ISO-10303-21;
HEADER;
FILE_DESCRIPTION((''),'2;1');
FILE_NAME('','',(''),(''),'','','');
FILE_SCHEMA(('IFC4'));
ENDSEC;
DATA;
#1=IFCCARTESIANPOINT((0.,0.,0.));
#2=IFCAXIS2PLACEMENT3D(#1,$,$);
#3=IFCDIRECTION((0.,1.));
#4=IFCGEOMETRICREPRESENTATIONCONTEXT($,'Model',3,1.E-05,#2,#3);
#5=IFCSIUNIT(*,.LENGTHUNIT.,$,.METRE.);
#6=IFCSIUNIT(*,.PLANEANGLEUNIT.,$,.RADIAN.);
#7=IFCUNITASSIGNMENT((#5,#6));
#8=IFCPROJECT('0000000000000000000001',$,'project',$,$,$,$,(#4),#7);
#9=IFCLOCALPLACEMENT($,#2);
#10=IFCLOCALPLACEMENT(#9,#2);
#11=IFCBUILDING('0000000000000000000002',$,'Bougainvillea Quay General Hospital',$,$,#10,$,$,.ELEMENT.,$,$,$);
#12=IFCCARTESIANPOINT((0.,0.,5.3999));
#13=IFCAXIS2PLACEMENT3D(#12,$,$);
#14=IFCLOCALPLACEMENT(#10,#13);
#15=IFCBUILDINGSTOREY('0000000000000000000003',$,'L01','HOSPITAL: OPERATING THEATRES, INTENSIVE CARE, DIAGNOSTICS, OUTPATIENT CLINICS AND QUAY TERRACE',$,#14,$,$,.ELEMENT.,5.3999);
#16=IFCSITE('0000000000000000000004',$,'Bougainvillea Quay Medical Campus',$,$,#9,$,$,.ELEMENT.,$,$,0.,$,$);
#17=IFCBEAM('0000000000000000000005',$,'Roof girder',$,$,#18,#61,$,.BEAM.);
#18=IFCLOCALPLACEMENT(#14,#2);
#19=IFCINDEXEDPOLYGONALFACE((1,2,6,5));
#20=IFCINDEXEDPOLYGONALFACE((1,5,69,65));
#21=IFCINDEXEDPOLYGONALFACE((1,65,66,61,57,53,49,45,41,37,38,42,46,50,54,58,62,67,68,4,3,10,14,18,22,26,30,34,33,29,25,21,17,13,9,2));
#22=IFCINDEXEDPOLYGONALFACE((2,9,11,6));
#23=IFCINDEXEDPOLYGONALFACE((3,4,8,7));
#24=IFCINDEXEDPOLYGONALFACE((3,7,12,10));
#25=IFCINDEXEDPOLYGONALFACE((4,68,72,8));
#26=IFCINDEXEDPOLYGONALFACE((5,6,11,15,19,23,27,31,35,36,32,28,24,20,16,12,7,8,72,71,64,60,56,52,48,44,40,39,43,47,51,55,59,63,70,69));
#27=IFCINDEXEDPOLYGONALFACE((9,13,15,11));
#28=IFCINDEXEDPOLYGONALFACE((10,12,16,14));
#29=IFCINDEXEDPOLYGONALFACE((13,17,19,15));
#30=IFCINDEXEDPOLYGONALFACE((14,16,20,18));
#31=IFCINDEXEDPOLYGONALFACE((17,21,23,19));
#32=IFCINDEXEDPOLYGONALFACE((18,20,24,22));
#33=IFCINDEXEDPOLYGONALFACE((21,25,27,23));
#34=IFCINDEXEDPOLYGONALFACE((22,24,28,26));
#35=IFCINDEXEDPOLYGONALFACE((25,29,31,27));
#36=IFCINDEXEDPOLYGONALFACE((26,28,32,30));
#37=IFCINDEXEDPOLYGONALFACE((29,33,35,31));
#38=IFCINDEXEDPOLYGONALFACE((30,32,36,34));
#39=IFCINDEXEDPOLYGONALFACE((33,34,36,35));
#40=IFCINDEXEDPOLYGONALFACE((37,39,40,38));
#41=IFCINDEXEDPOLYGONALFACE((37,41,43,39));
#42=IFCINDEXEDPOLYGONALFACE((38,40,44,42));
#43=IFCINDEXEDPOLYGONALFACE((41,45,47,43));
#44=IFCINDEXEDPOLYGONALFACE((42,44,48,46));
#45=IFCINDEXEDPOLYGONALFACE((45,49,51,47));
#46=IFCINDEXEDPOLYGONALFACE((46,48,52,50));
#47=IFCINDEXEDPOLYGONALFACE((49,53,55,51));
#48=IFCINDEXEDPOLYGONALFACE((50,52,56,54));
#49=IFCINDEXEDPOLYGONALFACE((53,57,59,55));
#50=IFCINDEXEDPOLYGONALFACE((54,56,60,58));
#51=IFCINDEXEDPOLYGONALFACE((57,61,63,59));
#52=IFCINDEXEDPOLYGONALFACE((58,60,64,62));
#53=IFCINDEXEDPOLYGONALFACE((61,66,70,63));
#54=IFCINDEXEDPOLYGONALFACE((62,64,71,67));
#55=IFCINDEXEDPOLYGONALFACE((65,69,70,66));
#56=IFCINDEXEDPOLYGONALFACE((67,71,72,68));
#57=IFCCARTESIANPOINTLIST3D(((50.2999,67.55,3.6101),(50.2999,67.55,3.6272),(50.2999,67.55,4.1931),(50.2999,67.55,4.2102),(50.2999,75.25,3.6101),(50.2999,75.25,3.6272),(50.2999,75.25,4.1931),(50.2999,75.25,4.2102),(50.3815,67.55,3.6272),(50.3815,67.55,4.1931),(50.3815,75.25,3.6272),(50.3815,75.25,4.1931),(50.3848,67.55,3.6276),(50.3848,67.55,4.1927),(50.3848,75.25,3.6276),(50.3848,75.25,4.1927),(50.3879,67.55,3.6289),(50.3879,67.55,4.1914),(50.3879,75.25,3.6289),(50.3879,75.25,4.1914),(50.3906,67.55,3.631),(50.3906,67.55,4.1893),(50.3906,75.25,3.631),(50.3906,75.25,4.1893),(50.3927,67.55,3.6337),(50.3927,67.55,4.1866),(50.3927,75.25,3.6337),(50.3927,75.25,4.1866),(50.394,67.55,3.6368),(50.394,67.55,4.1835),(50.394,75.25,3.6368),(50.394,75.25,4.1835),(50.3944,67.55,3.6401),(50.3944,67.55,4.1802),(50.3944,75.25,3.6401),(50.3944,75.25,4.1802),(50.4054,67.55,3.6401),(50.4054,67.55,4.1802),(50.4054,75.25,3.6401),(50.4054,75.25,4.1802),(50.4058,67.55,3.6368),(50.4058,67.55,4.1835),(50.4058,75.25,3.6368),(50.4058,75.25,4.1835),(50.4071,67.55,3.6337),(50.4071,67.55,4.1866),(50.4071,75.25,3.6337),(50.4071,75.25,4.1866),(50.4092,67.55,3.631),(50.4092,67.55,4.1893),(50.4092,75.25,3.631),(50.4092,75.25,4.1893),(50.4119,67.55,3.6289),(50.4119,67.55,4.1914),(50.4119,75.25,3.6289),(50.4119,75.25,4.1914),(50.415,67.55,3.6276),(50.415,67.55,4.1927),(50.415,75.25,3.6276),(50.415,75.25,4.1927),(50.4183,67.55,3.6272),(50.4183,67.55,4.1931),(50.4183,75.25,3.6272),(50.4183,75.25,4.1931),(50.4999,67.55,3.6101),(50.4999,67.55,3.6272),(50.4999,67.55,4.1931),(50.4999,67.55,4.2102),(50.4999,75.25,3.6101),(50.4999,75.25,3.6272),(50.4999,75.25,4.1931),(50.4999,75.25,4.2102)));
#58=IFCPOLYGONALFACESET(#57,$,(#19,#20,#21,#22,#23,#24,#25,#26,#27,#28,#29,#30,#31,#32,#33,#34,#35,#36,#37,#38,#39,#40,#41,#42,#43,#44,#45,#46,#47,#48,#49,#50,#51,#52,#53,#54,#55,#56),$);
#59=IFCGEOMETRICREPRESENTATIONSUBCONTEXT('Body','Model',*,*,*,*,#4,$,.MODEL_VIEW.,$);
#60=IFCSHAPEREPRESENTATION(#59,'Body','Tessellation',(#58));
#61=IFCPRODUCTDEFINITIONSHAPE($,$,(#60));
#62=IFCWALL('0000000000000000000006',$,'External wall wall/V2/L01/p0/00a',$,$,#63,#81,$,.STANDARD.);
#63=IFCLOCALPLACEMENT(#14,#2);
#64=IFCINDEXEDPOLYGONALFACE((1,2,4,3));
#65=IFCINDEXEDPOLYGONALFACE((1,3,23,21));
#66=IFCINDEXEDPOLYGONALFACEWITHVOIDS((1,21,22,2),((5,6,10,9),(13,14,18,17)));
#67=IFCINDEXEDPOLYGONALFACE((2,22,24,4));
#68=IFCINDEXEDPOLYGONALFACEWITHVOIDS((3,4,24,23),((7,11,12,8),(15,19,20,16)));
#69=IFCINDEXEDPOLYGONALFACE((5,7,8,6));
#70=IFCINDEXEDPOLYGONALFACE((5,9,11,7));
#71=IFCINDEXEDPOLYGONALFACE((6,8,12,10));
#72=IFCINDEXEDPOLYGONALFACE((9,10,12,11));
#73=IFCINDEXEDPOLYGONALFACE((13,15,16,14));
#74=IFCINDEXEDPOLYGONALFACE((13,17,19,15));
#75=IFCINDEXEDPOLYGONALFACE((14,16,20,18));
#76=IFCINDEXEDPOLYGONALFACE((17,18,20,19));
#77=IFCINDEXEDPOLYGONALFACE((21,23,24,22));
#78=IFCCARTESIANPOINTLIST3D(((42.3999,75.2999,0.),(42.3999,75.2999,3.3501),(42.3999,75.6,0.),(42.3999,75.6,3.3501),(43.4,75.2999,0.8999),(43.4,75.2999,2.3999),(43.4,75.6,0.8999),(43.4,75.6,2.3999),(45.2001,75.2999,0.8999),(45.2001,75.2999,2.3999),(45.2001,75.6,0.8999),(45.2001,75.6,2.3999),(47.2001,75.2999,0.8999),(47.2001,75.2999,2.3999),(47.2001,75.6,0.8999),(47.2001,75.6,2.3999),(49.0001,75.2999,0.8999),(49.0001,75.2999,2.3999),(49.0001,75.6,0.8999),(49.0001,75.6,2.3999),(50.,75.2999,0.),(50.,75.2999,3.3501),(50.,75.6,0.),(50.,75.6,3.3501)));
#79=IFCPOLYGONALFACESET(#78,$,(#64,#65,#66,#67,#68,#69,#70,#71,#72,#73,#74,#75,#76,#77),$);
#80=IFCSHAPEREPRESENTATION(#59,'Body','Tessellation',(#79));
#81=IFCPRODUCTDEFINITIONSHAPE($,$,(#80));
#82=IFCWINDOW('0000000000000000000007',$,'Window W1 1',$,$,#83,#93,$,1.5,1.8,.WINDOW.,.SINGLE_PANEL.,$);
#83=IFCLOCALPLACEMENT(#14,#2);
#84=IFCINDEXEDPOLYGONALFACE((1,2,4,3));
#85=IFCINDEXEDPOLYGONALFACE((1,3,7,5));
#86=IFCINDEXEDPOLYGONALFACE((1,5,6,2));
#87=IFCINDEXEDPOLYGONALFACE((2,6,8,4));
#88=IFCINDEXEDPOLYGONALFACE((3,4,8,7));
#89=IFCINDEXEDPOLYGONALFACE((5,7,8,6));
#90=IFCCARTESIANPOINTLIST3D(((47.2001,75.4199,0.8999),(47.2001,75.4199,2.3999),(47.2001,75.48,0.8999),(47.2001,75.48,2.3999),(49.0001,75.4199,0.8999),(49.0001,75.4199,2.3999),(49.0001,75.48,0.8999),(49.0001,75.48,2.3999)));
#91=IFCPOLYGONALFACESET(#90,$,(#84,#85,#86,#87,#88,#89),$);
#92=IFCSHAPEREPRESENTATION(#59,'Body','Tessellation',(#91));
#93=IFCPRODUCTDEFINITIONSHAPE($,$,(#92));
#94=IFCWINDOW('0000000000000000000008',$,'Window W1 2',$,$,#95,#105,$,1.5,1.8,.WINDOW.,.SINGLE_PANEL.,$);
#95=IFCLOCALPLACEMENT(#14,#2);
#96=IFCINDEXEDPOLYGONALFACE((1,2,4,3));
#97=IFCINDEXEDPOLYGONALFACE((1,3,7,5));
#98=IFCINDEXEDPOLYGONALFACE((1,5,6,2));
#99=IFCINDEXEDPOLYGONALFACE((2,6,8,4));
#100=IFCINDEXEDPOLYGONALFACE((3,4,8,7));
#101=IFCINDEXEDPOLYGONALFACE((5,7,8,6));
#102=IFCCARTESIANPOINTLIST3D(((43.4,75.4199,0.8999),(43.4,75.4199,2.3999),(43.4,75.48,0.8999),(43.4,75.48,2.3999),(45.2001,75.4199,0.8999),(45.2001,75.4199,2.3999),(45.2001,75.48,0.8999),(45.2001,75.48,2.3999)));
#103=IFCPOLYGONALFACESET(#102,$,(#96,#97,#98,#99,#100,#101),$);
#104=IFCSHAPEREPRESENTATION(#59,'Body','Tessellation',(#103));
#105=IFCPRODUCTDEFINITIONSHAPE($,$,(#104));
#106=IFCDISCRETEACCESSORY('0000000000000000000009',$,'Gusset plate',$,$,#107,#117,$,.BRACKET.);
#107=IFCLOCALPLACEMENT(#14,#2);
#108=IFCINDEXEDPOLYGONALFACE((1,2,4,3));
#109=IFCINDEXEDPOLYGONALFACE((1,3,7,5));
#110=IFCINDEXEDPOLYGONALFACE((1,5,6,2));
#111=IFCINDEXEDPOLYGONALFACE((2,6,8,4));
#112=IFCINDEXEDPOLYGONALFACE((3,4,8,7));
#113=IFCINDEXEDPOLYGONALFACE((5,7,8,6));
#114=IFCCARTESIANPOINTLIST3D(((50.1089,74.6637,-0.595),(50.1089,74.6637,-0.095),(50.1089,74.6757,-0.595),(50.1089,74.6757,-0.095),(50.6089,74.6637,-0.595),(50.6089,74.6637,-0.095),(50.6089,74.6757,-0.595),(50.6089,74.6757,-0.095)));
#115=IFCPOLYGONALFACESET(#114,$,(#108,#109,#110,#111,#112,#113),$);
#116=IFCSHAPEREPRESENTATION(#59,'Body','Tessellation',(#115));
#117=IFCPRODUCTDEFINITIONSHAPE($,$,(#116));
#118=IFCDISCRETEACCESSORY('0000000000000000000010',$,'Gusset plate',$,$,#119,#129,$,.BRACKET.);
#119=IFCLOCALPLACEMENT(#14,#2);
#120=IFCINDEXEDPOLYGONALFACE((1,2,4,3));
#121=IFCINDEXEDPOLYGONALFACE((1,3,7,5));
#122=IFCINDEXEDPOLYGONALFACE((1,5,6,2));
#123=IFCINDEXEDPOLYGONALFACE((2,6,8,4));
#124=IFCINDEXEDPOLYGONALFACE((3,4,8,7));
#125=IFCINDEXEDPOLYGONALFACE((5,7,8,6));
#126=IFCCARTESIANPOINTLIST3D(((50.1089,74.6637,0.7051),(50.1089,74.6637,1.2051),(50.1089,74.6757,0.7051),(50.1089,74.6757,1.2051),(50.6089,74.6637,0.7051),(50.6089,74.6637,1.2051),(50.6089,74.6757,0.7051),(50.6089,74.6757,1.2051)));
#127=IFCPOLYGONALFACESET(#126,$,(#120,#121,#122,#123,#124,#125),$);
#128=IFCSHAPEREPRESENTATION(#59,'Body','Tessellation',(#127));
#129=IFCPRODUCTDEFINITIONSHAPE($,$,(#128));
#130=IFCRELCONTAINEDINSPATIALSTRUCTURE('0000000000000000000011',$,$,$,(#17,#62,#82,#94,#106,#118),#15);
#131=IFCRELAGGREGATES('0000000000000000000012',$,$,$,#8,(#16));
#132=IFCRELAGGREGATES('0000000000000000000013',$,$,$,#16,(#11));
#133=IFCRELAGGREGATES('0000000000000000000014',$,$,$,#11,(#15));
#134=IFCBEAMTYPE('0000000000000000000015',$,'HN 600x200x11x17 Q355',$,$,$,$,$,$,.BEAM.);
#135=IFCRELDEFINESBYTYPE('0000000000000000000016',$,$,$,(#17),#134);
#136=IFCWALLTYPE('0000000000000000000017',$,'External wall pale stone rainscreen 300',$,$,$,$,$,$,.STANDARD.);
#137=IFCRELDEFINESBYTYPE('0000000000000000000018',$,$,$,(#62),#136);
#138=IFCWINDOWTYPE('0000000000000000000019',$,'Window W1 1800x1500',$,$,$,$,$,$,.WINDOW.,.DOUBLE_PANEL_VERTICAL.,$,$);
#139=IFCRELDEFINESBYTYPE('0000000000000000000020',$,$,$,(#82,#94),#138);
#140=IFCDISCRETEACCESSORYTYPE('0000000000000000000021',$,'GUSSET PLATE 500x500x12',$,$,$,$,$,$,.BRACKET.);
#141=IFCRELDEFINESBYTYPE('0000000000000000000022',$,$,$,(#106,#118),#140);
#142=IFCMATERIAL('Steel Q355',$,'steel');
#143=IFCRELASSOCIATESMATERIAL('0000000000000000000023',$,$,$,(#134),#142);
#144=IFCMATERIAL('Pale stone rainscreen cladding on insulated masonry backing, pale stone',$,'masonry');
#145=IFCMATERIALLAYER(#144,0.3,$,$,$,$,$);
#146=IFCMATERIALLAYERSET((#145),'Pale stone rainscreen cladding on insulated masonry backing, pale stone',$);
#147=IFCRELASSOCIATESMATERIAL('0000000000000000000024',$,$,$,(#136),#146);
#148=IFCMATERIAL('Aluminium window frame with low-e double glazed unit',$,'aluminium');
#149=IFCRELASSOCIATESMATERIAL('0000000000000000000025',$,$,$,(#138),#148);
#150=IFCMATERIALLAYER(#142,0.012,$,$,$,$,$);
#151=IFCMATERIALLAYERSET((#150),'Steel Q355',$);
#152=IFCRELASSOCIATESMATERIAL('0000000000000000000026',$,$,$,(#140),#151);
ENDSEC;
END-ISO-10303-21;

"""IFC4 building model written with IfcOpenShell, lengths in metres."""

from ifc_helpers import new_model, si_unit, direction, frame, frame_2d, origin, origin_2d, place, context, subcontext, project, spatial, rectangle, i_section, extrude, material, layer, layer_set, material_profile, profile_set, type_object, element, fill, save


model = new_model("IFC4")

# Units and contexts
model_context = context("Model", 3, precision=1e-05, world=origin(), true_north=direction((0.0, 1.0)))
body_context = subcontext(model_context, "Body", "Model", "MODEL_VIEW")
ifc_project = project(units=[si_unit("LENGTHUNIT", "METRE"), si_unit("PLANEANGLEUNIT", "RADIAN")], contexts=[model_context])

# Site, building, storey
site_placement = place(None, origin())
site = spatial("IfcSite", under=ifc_project, at=site_placement, Name="Bougainvillea Quay Medical Campus", CompositionType="ELEMENT", RefElevation=0.0)
building_placement = place(site_placement, origin())
building = spatial("IfcBuilding", under=site, at=building_placement, Name="Bougainvillea Quay General Hospital", CompositionType="ELEMENT")
storey_placement = place(building_placement, frame((0.0, 0.0, 5.3999)))
storey = spatial("IfcBuildingStorey", under=building, at=storey_placement, Name="L01", Description="HOSPITAL: OPERATING THEATRES, INTENSIVE CARE, DIAGNOSTICS, OUTPATIENT CLINICS AND QUAY TERRACE", CompositionType="ELEMENT", Elevation=5.3999)

# Shared definitions
ifc_material_1 = material(Name="Steel Q355", Category="steel")

# Beam
ifc_material_profile_1 = material_profile(ifc_material_1, i_section(OverallWidth=0.2, OverallDepth=0.6001, WebThickness=0.011, FlangeThickness=0.0171, FilletRadius=0.0129, at=origin_2d()))
ifc_profile_set_1 = profile_set([ifc_material_profile_1], Name="Steel Q355")
beam_type = type_object("IfcBeamType", Name="HN 600x200x11x17 Q355", PredefinedType="BEAM", material=ifc_profile_set_1)
for number, where, z_axis, x_axis, name in (
    (1, (50.3999, 67.55, 3.9102), (0.0, 1.0, 0.0), (-1.0, 0.0, 0.0), "Roof girder"),
):
    element("IfcBeam", number, at=place(storey_placement, frame(where, z_axis=z_axis, x_axis=x_axis)), inside=storey, type_object=beam_type, Name=name, PredefinedType="BEAM", context=body_context, shape_type="SweptSolid", body=[
        extrude(i_section(OverallWidth=0.2, OverallDepth=0.6001, WebThickness=0.011, FlangeThickness=0.0171, FilletRadius=0.0129, at=origin_2d()), origin(), (0.0, 0.0, 1.0), 7.7),
    ])

# Wall, openings, windows
ifc_material_2 = material(Name="Pale stone rainscreen cladding on insulated masonry backing, pale stone", Category="masonry")
ifc_layer_1 = layer(ifc_material_2, 0.3)
ifc_layer_set_1 = layer_set([ifc_layer_1], Name="Pale stone rainscreen cladding on insulated masonry backing, pale stone")
wall_type = type_object("IfcWallType", Name="External wall pale stone rainscreen 300", PredefinedType="STANDARD", material=ifc_layer_set_1)
wall_1_placement = place(storey_placement, frame((50.0, 75.45, 0.0), z_axis=(0.0, 0.0, 1.0), x_axis=(-1.0, 0.0, 0.0)))
wall_1 = element("IfcWall", 2, at=wall_1_placement, inside=storey, type_object=wall_type, Name="External wall wall/V2/L01/p0/00a", PredefinedType="STANDARD", context=body_context, shape_type="SweptSolid", body=[
    extrude(rectangle(XDim=7.6001, YDim=0.3, at=frame_2d((3.8, 0.0))), origin(), (0.0, 0.0, 1.0), 3.3501),
])
opening_1_placement = place(wall_1_placement, frame((1.0, 0.0, 0.8999)))
opening_1 = element("IfcOpeningElement", 3, at=opening_1_placement, cuts=wall_1, PredefinedType="OPENING", context=body_context, shape_type="SweptSolid", body=[
    extrude(rectangle(XDim=1.8, YDim=1.5, at=frame_2d((0.8999, 0.75))), frame((0.0, 0.1599, 0.0), z_axis=(0.0, -1.0, 0.0), x_axis=(1.0, 0.0, 0.0)), (0.0, 0.0, 1.0), 0.3201),
])
opening_2_placement = place(wall_1_placement, frame((4.8, 0.0, 0.8999)))
opening_2 = element("IfcOpeningElement", 4, at=opening_2_placement, cuts=wall_1, PredefinedType="OPENING", context=body_context, shape_type="SweptSolid", body=[
    extrude(rectangle(XDim=1.8, YDim=1.5, at=frame_2d((0.8999, 0.75))), frame((0.0, 0.1599, 0.0), z_axis=(0.0, -1.0, 0.0), x_axis=(1.0, 0.0, 0.0)), (0.0, 0.0, 1.0), 0.3201),
])
ifc_material_3 = material(Name="Aluminium window frame with low-e double glazed unit", Category="aluminium")
window_type = type_object("IfcWindowType", Name="Window W1 1800x1500", PartitioningType="DOUBLE_PANEL_VERTICAL", PredefinedType="WINDOW", material=ifc_material_3)
window_1_placement = place(opening_1_placement, origin())
window_1 = element("IfcWindow", 5, at=window_1_placement, inside=storey, type_object=window_type, Name="Window W1 1", OverallHeight=1.5, OverallWidth=1.8, PartitioningType="SINGLE_PANEL", PredefinedType="WINDOW", context=body_context, shape_type="SweptSolid", body=[
    extrude(rectangle(XDim=1.8, YDim=1.5, at=frame_2d((0.8999, 0.75))), frame((0.0, 0.03, 0.0), z_axis=(0.0, -1.0, 0.0), x_axis=(1.0, 0.0, 0.0)), (0.0, 0.0, 1.0), 0.0601),
])
fill(opening_1, window_1)
window_2_placement = place(opening_2_placement, origin())
window_2 = element("IfcWindow", 6, at=window_2_placement, inside=storey, type_object=window_type, Name="Window W1 2", OverallHeight=1.5, OverallWidth=1.8, PartitioningType="SINGLE_PANEL", PredefinedType="WINDOW", context=body_context, shape_type="SweptSolid", body=[
    extrude(rectangle(XDim=1.8, YDim=1.5, at=frame_2d((0.8999, 0.75))), frame((0.0, 0.03, 0.0), z_axis=(0.0, -1.0, 0.0), x_axis=(1.0, 0.0, 0.0)), (0.0, 0.0, 1.0), 0.0601),
])
fill(opening_2, window_2)

# Discrete accessories
ifc_layer_2 = layer(ifc_material_1, 0.012)
ifc_layer_set_2 = layer_set([ifc_layer_2], Name="Steel Q355")
discrete_accessory_type = type_object("IfcDiscreteAccessoryType", Name="GUSSET PLATE 500x500x12", PredefinedType="BRACKET", material=ifc_layer_set_2)
for number, where, z_axis, x_axis, name in (
    (7, (50.3589, 74.6697, -0.595), (0.0, 0.0, 1.0), (1.0, 0.0, 0.0), "Gusset plate"),
    (8, (50.3589, 74.6697, 0.7051), (0.0, 0.0, 1.0), (1.0, 0.0, 0.0), "Gusset plate"),
):
    element("IfcDiscreteAccessory", number, at=place(storey_placement, frame(where, z_axis=z_axis, x_axis=x_axis)), inside=storey, type_object=discrete_accessory_type, Name=name, PredefinedType="BRACKET", context=body_context, shape_type="SweptSolid", body=[
        extrude(rectangle(XDim=0.5, YDim=0.012, at=origin_2d()), origin(), (0.0, 0.0, 1.0), 0.5),
    ])

save(model, "model.ifc")
